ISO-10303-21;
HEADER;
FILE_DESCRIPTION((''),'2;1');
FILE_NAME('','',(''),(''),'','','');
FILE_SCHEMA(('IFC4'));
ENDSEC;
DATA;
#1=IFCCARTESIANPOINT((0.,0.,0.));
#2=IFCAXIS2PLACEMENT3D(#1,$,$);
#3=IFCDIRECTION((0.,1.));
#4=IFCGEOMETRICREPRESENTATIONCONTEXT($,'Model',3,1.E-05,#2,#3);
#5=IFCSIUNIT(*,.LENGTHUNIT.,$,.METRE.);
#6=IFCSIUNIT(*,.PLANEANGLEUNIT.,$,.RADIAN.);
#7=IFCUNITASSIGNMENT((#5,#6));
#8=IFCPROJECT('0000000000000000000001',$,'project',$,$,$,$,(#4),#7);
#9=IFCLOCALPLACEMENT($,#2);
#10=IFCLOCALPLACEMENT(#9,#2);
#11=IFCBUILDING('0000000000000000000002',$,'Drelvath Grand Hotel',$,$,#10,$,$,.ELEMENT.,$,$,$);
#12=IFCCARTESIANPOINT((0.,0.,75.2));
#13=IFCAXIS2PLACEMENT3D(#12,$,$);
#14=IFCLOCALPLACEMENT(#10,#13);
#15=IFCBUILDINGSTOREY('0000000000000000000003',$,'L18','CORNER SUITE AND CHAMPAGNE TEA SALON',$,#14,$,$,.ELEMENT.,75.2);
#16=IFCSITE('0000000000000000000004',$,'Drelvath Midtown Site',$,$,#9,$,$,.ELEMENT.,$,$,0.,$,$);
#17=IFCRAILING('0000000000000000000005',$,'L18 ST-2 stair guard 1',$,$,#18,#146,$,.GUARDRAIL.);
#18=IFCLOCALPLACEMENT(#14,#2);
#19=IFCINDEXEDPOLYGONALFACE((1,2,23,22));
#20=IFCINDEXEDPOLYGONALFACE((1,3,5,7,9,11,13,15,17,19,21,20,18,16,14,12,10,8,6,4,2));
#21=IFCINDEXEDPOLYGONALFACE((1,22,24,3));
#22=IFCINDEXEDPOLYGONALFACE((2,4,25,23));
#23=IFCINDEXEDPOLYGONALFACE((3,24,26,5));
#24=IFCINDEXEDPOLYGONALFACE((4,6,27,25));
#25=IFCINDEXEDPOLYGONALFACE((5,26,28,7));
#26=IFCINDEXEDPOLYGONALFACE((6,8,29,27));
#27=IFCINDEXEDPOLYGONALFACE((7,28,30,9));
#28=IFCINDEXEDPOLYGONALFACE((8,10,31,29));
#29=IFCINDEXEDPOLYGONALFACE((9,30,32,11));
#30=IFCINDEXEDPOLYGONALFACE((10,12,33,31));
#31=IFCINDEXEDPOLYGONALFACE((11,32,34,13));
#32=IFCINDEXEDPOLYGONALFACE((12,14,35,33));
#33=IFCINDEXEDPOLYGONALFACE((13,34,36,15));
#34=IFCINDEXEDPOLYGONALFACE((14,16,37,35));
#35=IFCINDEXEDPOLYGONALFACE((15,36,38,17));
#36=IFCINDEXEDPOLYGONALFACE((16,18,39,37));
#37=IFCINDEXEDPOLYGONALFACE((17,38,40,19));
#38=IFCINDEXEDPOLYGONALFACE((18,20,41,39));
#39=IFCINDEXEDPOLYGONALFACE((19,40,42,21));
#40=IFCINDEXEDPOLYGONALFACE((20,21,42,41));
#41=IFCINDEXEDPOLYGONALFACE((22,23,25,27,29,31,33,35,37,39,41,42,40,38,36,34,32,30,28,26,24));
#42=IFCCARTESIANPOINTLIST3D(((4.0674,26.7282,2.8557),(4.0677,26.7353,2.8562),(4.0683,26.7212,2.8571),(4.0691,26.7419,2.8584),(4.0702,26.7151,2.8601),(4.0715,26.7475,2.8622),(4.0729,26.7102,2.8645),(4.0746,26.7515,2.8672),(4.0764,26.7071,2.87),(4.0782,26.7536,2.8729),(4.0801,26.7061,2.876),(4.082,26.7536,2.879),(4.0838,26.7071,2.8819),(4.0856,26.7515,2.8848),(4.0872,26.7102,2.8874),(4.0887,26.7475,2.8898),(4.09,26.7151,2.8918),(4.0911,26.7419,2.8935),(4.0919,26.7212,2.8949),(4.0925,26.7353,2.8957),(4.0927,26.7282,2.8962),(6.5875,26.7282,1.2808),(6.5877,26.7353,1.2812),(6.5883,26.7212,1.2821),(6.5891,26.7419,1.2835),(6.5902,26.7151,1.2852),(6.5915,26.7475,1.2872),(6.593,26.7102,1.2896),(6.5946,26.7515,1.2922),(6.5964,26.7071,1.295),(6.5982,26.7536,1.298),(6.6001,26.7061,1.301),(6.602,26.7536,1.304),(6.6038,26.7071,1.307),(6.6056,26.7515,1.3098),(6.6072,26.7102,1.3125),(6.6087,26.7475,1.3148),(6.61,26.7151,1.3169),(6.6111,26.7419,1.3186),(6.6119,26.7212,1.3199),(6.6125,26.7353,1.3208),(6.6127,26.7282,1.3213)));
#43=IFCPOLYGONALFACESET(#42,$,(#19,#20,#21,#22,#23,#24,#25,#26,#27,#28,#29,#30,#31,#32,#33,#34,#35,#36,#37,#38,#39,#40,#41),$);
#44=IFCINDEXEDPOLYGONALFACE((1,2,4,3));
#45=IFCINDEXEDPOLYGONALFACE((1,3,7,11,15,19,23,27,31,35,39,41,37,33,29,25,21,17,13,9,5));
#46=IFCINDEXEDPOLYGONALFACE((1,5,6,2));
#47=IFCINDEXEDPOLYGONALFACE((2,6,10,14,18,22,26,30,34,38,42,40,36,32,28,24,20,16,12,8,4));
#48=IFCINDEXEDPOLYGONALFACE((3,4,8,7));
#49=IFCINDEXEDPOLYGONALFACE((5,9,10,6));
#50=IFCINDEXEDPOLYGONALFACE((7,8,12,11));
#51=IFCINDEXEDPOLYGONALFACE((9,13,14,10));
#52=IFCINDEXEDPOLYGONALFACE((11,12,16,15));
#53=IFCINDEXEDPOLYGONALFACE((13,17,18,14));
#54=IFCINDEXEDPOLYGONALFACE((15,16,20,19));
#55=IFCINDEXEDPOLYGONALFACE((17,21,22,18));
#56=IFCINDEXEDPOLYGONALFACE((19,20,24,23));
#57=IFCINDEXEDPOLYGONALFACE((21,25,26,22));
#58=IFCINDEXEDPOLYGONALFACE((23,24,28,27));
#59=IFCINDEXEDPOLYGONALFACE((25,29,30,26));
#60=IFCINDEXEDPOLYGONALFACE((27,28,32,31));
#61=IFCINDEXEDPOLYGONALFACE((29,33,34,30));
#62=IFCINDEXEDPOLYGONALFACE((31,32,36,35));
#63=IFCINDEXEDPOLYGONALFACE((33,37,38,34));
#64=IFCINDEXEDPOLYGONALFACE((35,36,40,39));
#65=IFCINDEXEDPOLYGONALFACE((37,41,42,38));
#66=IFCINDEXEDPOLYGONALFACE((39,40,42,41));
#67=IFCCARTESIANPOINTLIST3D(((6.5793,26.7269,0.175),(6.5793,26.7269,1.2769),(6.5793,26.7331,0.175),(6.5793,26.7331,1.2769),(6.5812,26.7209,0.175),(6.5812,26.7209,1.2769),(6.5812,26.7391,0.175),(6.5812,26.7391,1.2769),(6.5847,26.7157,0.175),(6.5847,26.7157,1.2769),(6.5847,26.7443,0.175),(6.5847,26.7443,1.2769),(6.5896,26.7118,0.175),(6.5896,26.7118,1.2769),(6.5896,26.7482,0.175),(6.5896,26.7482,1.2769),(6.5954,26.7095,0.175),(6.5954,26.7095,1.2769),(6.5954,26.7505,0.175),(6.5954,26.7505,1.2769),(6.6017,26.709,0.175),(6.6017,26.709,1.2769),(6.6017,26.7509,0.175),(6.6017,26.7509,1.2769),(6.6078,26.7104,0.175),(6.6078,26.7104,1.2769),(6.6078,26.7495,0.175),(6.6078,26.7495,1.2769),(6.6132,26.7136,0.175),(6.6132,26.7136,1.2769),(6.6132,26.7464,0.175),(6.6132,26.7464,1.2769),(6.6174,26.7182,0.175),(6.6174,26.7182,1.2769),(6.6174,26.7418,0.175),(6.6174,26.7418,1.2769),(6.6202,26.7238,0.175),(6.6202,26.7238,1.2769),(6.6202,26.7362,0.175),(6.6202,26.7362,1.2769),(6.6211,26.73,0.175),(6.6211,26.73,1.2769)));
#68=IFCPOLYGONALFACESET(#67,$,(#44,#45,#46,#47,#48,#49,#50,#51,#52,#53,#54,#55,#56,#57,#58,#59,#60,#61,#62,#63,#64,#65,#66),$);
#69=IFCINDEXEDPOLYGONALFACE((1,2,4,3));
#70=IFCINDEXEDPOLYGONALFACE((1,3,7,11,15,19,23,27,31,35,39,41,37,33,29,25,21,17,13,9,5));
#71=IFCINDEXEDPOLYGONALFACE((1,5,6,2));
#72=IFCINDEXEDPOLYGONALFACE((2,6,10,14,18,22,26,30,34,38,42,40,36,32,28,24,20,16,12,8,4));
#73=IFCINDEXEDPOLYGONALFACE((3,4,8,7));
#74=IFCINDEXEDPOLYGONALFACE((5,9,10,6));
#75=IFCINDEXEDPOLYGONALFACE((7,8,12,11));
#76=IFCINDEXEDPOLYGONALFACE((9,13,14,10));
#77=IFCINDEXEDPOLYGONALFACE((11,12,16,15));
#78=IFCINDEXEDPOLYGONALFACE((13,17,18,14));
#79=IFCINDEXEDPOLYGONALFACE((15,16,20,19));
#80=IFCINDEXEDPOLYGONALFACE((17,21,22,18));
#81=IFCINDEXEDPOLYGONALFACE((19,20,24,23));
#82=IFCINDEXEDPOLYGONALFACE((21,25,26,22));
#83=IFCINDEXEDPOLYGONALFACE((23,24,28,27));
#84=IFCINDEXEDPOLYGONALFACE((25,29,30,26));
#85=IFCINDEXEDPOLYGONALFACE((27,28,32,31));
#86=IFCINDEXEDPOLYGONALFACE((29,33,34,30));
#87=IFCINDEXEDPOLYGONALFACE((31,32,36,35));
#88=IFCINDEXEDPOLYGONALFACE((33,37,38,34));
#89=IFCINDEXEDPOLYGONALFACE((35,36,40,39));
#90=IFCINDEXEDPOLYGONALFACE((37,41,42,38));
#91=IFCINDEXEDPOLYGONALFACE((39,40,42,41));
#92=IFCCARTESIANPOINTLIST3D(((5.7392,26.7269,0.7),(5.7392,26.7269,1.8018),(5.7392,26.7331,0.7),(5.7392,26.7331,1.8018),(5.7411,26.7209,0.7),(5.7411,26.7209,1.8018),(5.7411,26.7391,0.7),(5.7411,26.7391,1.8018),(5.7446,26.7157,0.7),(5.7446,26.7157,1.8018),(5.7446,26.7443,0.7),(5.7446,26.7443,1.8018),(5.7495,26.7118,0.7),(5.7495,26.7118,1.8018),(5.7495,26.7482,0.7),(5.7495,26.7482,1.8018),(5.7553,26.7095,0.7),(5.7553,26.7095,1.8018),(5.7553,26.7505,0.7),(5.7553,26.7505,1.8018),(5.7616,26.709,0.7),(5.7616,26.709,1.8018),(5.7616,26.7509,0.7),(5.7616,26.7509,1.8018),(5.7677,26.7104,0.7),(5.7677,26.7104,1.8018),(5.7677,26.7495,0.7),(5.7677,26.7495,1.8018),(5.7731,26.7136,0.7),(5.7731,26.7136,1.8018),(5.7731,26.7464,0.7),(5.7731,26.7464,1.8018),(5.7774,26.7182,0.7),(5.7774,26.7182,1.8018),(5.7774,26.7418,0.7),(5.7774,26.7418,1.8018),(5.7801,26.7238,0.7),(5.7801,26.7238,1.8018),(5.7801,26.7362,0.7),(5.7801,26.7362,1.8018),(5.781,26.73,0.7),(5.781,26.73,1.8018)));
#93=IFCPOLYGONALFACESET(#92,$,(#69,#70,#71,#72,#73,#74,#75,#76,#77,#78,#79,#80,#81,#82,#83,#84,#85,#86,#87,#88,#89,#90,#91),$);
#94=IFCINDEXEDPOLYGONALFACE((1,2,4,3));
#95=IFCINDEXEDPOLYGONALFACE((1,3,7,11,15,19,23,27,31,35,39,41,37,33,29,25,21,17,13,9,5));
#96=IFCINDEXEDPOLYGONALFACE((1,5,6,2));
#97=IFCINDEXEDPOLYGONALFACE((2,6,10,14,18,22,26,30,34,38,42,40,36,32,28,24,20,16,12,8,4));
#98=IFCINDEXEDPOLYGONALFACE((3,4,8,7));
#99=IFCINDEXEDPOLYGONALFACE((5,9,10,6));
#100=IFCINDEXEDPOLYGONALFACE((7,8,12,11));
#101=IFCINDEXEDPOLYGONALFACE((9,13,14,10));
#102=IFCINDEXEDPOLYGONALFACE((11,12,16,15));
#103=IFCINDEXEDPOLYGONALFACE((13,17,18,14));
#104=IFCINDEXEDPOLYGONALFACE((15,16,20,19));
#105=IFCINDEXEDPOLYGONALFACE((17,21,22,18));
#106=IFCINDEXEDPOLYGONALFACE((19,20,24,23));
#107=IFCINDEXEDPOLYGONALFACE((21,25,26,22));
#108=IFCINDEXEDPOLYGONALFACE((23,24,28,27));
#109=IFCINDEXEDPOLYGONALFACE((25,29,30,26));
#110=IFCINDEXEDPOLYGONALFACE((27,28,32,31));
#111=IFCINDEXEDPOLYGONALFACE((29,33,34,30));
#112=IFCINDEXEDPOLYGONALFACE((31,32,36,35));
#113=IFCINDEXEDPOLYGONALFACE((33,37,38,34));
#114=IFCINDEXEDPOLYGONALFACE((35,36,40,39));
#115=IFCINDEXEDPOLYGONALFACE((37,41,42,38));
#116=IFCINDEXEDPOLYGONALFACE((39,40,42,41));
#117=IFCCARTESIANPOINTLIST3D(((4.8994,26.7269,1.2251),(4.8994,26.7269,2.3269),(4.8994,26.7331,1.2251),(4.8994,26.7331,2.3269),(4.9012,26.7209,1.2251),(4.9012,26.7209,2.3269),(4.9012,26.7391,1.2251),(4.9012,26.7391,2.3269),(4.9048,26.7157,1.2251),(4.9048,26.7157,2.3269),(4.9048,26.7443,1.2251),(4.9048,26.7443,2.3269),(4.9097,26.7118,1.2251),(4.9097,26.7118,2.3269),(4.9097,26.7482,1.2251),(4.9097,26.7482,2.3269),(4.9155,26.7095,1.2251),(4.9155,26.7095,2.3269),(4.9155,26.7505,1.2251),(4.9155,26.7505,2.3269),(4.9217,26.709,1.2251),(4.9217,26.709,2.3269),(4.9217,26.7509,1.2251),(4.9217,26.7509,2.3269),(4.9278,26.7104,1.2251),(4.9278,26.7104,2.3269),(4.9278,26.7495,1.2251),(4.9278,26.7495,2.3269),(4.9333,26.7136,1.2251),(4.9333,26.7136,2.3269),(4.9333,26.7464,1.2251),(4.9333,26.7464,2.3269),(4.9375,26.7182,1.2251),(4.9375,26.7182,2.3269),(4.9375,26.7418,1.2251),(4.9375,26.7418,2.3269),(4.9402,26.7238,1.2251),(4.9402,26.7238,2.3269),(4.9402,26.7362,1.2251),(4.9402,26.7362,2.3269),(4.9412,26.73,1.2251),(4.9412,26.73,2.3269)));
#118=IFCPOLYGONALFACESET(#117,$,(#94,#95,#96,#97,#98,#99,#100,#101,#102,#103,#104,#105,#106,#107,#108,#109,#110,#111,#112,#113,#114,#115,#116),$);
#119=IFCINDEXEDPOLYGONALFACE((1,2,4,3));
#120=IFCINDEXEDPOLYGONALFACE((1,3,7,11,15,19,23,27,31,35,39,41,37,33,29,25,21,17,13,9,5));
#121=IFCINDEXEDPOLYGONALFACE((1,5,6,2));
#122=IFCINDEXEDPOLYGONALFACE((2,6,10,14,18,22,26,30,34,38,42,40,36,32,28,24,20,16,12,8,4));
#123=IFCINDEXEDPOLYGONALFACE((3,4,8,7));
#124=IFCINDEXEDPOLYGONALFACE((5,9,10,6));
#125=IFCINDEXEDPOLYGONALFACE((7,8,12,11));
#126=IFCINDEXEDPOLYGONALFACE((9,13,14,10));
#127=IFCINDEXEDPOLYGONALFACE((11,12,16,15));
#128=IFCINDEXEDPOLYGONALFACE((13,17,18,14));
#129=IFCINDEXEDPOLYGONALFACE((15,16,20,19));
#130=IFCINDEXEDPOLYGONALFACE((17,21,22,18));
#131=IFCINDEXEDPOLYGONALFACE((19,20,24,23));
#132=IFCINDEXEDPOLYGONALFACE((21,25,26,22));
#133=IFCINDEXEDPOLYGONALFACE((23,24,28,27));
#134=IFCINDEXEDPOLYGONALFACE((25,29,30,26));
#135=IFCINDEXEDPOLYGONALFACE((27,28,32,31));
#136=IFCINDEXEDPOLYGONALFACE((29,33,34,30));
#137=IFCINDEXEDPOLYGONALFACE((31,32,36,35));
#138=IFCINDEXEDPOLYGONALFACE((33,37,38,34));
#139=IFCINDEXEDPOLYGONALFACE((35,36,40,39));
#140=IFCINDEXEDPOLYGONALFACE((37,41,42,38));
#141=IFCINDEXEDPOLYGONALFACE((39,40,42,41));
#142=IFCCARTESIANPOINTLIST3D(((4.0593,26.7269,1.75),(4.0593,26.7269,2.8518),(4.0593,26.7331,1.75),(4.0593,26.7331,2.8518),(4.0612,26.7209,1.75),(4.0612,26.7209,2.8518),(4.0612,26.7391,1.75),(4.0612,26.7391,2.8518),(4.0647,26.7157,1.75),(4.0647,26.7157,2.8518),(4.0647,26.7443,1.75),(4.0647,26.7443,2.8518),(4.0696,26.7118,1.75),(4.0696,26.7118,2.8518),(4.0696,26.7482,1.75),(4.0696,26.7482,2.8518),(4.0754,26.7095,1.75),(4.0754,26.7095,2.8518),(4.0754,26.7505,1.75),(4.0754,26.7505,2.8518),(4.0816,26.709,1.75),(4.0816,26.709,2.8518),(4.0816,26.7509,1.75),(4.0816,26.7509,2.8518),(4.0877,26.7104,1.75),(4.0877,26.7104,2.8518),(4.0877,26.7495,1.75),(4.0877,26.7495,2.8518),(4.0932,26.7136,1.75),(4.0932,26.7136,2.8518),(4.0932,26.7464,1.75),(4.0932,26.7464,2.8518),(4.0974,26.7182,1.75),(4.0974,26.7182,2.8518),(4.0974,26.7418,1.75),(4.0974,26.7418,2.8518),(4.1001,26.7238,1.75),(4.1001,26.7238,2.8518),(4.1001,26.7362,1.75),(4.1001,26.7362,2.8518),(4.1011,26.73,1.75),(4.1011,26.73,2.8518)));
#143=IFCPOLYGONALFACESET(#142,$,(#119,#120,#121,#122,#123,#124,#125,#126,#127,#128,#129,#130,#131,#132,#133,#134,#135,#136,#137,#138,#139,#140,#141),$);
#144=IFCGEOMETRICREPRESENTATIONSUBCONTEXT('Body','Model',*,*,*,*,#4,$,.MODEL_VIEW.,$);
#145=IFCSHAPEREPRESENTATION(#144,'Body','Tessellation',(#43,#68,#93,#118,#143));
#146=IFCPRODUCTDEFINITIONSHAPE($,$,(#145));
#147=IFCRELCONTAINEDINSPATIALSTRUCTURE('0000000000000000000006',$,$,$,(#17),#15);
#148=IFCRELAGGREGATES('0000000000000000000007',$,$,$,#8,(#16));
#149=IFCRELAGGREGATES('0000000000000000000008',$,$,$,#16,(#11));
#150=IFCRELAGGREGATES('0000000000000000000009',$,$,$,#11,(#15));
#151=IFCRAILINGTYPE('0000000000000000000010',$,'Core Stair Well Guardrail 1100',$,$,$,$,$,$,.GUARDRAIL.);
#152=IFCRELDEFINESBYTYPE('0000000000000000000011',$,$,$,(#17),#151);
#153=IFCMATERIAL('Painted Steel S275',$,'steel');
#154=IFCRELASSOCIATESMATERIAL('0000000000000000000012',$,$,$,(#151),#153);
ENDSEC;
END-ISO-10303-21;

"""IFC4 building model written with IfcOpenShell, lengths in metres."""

from ifc_helpers import new_model, si_unit, direction, frame, origin, origin_2d, place, context, subcontext, project, spatial, circle, extrude, material, type_object, element, save


model = new_model("IFC4")

# Units and contexts
model_context = context("Model", 3, precision=1e-05, world=origin(), true_north=direction((0.0, 1.0)))
body_context = subcontext(model_context, "Body", "Model", "MODEL_VIEW")
ifc_project = project(units=[si_unit("LENGTHUNIT", "METRE"), si_unit("PLANEANGLEUNIT", "RADIAN")], contexts=[model_context])

# Site, building, storey
site_placement = place(None, origin())
site = spatial("IfcSite", under=ifc_project, at=site_placement, Name="Drelvath Midtown Site", CompositionType="ELEMENT", RefElevation=0.0)
building_placement = place(site_placement, origin())
building = spatial("IfcBuilding", under=site, at=building_placement, Name="Drelvath Grand Hotel", CompositionType="ELEMENT")
storey_placement = place(building_placement, frame((0.0, 0.0, 75.2)))
storey = spatial("IfcBuildingStorey", under=building, at=storey_placement, Name="L18", Description="CORNER SUITE AND CHAMPAGNE TEA SALON", CompositionType="ELEMENT", Elevation=75.2)

# Shared definitions
ifc_material_1 = material(Name="Painted Steel S275", Category="steel")

# Railing
railing_type_1 = type_object("IfcRailingType", Name="Core Stair Well Guardrail 1100", PredefinedType="GUARDRAIL", material=ifc_material_1)
railing_1_placement = place(storey_placement, frame((6.6001, 26.73, 0.175)))
element("IfcRailing", 1, at=railing_1_placement, inside=storey, type_object=railing_type_1, Name="L18 ST-2 stair guard 1", PredefinedType="GUARDRAIL", context=body_context, shape_type="SweptSolid", body=[
    extrude(circle(Radius=0.0239, at=origin_2d()), frame((0.0, 0.0, 1.126), z_axis=(-0.848008, 0.0, 0.529984), x_axis=(0.0, -1.0, 0.0)), (0.0, 0.0, 1.0), 2.9717),
    extrude(circle(Radius=0.021, at=origin_2d()), origin(), (0.0, 0.0, 1.0), 1.1018),
    extrude(circle(Radius=0.021, at=origin_2d()), frame((-0.8401, 0.0, 0.5249)), (0.0, 0.0, 1.0), 1.1018),
    extrude(circle(Radius=0.021, at=origin_2d()), frame((-1.6799, 0.0, 1.05)), (0.0, 0.0, 1.0), 1.1018),
    extrude(circle(Radius=0.021, at=origin_2d()), frame((-2.52, 0.0, 1.575)), (0.0, 0.0, 1.0), 1.1018),
])

save(model, "model.ifc")
